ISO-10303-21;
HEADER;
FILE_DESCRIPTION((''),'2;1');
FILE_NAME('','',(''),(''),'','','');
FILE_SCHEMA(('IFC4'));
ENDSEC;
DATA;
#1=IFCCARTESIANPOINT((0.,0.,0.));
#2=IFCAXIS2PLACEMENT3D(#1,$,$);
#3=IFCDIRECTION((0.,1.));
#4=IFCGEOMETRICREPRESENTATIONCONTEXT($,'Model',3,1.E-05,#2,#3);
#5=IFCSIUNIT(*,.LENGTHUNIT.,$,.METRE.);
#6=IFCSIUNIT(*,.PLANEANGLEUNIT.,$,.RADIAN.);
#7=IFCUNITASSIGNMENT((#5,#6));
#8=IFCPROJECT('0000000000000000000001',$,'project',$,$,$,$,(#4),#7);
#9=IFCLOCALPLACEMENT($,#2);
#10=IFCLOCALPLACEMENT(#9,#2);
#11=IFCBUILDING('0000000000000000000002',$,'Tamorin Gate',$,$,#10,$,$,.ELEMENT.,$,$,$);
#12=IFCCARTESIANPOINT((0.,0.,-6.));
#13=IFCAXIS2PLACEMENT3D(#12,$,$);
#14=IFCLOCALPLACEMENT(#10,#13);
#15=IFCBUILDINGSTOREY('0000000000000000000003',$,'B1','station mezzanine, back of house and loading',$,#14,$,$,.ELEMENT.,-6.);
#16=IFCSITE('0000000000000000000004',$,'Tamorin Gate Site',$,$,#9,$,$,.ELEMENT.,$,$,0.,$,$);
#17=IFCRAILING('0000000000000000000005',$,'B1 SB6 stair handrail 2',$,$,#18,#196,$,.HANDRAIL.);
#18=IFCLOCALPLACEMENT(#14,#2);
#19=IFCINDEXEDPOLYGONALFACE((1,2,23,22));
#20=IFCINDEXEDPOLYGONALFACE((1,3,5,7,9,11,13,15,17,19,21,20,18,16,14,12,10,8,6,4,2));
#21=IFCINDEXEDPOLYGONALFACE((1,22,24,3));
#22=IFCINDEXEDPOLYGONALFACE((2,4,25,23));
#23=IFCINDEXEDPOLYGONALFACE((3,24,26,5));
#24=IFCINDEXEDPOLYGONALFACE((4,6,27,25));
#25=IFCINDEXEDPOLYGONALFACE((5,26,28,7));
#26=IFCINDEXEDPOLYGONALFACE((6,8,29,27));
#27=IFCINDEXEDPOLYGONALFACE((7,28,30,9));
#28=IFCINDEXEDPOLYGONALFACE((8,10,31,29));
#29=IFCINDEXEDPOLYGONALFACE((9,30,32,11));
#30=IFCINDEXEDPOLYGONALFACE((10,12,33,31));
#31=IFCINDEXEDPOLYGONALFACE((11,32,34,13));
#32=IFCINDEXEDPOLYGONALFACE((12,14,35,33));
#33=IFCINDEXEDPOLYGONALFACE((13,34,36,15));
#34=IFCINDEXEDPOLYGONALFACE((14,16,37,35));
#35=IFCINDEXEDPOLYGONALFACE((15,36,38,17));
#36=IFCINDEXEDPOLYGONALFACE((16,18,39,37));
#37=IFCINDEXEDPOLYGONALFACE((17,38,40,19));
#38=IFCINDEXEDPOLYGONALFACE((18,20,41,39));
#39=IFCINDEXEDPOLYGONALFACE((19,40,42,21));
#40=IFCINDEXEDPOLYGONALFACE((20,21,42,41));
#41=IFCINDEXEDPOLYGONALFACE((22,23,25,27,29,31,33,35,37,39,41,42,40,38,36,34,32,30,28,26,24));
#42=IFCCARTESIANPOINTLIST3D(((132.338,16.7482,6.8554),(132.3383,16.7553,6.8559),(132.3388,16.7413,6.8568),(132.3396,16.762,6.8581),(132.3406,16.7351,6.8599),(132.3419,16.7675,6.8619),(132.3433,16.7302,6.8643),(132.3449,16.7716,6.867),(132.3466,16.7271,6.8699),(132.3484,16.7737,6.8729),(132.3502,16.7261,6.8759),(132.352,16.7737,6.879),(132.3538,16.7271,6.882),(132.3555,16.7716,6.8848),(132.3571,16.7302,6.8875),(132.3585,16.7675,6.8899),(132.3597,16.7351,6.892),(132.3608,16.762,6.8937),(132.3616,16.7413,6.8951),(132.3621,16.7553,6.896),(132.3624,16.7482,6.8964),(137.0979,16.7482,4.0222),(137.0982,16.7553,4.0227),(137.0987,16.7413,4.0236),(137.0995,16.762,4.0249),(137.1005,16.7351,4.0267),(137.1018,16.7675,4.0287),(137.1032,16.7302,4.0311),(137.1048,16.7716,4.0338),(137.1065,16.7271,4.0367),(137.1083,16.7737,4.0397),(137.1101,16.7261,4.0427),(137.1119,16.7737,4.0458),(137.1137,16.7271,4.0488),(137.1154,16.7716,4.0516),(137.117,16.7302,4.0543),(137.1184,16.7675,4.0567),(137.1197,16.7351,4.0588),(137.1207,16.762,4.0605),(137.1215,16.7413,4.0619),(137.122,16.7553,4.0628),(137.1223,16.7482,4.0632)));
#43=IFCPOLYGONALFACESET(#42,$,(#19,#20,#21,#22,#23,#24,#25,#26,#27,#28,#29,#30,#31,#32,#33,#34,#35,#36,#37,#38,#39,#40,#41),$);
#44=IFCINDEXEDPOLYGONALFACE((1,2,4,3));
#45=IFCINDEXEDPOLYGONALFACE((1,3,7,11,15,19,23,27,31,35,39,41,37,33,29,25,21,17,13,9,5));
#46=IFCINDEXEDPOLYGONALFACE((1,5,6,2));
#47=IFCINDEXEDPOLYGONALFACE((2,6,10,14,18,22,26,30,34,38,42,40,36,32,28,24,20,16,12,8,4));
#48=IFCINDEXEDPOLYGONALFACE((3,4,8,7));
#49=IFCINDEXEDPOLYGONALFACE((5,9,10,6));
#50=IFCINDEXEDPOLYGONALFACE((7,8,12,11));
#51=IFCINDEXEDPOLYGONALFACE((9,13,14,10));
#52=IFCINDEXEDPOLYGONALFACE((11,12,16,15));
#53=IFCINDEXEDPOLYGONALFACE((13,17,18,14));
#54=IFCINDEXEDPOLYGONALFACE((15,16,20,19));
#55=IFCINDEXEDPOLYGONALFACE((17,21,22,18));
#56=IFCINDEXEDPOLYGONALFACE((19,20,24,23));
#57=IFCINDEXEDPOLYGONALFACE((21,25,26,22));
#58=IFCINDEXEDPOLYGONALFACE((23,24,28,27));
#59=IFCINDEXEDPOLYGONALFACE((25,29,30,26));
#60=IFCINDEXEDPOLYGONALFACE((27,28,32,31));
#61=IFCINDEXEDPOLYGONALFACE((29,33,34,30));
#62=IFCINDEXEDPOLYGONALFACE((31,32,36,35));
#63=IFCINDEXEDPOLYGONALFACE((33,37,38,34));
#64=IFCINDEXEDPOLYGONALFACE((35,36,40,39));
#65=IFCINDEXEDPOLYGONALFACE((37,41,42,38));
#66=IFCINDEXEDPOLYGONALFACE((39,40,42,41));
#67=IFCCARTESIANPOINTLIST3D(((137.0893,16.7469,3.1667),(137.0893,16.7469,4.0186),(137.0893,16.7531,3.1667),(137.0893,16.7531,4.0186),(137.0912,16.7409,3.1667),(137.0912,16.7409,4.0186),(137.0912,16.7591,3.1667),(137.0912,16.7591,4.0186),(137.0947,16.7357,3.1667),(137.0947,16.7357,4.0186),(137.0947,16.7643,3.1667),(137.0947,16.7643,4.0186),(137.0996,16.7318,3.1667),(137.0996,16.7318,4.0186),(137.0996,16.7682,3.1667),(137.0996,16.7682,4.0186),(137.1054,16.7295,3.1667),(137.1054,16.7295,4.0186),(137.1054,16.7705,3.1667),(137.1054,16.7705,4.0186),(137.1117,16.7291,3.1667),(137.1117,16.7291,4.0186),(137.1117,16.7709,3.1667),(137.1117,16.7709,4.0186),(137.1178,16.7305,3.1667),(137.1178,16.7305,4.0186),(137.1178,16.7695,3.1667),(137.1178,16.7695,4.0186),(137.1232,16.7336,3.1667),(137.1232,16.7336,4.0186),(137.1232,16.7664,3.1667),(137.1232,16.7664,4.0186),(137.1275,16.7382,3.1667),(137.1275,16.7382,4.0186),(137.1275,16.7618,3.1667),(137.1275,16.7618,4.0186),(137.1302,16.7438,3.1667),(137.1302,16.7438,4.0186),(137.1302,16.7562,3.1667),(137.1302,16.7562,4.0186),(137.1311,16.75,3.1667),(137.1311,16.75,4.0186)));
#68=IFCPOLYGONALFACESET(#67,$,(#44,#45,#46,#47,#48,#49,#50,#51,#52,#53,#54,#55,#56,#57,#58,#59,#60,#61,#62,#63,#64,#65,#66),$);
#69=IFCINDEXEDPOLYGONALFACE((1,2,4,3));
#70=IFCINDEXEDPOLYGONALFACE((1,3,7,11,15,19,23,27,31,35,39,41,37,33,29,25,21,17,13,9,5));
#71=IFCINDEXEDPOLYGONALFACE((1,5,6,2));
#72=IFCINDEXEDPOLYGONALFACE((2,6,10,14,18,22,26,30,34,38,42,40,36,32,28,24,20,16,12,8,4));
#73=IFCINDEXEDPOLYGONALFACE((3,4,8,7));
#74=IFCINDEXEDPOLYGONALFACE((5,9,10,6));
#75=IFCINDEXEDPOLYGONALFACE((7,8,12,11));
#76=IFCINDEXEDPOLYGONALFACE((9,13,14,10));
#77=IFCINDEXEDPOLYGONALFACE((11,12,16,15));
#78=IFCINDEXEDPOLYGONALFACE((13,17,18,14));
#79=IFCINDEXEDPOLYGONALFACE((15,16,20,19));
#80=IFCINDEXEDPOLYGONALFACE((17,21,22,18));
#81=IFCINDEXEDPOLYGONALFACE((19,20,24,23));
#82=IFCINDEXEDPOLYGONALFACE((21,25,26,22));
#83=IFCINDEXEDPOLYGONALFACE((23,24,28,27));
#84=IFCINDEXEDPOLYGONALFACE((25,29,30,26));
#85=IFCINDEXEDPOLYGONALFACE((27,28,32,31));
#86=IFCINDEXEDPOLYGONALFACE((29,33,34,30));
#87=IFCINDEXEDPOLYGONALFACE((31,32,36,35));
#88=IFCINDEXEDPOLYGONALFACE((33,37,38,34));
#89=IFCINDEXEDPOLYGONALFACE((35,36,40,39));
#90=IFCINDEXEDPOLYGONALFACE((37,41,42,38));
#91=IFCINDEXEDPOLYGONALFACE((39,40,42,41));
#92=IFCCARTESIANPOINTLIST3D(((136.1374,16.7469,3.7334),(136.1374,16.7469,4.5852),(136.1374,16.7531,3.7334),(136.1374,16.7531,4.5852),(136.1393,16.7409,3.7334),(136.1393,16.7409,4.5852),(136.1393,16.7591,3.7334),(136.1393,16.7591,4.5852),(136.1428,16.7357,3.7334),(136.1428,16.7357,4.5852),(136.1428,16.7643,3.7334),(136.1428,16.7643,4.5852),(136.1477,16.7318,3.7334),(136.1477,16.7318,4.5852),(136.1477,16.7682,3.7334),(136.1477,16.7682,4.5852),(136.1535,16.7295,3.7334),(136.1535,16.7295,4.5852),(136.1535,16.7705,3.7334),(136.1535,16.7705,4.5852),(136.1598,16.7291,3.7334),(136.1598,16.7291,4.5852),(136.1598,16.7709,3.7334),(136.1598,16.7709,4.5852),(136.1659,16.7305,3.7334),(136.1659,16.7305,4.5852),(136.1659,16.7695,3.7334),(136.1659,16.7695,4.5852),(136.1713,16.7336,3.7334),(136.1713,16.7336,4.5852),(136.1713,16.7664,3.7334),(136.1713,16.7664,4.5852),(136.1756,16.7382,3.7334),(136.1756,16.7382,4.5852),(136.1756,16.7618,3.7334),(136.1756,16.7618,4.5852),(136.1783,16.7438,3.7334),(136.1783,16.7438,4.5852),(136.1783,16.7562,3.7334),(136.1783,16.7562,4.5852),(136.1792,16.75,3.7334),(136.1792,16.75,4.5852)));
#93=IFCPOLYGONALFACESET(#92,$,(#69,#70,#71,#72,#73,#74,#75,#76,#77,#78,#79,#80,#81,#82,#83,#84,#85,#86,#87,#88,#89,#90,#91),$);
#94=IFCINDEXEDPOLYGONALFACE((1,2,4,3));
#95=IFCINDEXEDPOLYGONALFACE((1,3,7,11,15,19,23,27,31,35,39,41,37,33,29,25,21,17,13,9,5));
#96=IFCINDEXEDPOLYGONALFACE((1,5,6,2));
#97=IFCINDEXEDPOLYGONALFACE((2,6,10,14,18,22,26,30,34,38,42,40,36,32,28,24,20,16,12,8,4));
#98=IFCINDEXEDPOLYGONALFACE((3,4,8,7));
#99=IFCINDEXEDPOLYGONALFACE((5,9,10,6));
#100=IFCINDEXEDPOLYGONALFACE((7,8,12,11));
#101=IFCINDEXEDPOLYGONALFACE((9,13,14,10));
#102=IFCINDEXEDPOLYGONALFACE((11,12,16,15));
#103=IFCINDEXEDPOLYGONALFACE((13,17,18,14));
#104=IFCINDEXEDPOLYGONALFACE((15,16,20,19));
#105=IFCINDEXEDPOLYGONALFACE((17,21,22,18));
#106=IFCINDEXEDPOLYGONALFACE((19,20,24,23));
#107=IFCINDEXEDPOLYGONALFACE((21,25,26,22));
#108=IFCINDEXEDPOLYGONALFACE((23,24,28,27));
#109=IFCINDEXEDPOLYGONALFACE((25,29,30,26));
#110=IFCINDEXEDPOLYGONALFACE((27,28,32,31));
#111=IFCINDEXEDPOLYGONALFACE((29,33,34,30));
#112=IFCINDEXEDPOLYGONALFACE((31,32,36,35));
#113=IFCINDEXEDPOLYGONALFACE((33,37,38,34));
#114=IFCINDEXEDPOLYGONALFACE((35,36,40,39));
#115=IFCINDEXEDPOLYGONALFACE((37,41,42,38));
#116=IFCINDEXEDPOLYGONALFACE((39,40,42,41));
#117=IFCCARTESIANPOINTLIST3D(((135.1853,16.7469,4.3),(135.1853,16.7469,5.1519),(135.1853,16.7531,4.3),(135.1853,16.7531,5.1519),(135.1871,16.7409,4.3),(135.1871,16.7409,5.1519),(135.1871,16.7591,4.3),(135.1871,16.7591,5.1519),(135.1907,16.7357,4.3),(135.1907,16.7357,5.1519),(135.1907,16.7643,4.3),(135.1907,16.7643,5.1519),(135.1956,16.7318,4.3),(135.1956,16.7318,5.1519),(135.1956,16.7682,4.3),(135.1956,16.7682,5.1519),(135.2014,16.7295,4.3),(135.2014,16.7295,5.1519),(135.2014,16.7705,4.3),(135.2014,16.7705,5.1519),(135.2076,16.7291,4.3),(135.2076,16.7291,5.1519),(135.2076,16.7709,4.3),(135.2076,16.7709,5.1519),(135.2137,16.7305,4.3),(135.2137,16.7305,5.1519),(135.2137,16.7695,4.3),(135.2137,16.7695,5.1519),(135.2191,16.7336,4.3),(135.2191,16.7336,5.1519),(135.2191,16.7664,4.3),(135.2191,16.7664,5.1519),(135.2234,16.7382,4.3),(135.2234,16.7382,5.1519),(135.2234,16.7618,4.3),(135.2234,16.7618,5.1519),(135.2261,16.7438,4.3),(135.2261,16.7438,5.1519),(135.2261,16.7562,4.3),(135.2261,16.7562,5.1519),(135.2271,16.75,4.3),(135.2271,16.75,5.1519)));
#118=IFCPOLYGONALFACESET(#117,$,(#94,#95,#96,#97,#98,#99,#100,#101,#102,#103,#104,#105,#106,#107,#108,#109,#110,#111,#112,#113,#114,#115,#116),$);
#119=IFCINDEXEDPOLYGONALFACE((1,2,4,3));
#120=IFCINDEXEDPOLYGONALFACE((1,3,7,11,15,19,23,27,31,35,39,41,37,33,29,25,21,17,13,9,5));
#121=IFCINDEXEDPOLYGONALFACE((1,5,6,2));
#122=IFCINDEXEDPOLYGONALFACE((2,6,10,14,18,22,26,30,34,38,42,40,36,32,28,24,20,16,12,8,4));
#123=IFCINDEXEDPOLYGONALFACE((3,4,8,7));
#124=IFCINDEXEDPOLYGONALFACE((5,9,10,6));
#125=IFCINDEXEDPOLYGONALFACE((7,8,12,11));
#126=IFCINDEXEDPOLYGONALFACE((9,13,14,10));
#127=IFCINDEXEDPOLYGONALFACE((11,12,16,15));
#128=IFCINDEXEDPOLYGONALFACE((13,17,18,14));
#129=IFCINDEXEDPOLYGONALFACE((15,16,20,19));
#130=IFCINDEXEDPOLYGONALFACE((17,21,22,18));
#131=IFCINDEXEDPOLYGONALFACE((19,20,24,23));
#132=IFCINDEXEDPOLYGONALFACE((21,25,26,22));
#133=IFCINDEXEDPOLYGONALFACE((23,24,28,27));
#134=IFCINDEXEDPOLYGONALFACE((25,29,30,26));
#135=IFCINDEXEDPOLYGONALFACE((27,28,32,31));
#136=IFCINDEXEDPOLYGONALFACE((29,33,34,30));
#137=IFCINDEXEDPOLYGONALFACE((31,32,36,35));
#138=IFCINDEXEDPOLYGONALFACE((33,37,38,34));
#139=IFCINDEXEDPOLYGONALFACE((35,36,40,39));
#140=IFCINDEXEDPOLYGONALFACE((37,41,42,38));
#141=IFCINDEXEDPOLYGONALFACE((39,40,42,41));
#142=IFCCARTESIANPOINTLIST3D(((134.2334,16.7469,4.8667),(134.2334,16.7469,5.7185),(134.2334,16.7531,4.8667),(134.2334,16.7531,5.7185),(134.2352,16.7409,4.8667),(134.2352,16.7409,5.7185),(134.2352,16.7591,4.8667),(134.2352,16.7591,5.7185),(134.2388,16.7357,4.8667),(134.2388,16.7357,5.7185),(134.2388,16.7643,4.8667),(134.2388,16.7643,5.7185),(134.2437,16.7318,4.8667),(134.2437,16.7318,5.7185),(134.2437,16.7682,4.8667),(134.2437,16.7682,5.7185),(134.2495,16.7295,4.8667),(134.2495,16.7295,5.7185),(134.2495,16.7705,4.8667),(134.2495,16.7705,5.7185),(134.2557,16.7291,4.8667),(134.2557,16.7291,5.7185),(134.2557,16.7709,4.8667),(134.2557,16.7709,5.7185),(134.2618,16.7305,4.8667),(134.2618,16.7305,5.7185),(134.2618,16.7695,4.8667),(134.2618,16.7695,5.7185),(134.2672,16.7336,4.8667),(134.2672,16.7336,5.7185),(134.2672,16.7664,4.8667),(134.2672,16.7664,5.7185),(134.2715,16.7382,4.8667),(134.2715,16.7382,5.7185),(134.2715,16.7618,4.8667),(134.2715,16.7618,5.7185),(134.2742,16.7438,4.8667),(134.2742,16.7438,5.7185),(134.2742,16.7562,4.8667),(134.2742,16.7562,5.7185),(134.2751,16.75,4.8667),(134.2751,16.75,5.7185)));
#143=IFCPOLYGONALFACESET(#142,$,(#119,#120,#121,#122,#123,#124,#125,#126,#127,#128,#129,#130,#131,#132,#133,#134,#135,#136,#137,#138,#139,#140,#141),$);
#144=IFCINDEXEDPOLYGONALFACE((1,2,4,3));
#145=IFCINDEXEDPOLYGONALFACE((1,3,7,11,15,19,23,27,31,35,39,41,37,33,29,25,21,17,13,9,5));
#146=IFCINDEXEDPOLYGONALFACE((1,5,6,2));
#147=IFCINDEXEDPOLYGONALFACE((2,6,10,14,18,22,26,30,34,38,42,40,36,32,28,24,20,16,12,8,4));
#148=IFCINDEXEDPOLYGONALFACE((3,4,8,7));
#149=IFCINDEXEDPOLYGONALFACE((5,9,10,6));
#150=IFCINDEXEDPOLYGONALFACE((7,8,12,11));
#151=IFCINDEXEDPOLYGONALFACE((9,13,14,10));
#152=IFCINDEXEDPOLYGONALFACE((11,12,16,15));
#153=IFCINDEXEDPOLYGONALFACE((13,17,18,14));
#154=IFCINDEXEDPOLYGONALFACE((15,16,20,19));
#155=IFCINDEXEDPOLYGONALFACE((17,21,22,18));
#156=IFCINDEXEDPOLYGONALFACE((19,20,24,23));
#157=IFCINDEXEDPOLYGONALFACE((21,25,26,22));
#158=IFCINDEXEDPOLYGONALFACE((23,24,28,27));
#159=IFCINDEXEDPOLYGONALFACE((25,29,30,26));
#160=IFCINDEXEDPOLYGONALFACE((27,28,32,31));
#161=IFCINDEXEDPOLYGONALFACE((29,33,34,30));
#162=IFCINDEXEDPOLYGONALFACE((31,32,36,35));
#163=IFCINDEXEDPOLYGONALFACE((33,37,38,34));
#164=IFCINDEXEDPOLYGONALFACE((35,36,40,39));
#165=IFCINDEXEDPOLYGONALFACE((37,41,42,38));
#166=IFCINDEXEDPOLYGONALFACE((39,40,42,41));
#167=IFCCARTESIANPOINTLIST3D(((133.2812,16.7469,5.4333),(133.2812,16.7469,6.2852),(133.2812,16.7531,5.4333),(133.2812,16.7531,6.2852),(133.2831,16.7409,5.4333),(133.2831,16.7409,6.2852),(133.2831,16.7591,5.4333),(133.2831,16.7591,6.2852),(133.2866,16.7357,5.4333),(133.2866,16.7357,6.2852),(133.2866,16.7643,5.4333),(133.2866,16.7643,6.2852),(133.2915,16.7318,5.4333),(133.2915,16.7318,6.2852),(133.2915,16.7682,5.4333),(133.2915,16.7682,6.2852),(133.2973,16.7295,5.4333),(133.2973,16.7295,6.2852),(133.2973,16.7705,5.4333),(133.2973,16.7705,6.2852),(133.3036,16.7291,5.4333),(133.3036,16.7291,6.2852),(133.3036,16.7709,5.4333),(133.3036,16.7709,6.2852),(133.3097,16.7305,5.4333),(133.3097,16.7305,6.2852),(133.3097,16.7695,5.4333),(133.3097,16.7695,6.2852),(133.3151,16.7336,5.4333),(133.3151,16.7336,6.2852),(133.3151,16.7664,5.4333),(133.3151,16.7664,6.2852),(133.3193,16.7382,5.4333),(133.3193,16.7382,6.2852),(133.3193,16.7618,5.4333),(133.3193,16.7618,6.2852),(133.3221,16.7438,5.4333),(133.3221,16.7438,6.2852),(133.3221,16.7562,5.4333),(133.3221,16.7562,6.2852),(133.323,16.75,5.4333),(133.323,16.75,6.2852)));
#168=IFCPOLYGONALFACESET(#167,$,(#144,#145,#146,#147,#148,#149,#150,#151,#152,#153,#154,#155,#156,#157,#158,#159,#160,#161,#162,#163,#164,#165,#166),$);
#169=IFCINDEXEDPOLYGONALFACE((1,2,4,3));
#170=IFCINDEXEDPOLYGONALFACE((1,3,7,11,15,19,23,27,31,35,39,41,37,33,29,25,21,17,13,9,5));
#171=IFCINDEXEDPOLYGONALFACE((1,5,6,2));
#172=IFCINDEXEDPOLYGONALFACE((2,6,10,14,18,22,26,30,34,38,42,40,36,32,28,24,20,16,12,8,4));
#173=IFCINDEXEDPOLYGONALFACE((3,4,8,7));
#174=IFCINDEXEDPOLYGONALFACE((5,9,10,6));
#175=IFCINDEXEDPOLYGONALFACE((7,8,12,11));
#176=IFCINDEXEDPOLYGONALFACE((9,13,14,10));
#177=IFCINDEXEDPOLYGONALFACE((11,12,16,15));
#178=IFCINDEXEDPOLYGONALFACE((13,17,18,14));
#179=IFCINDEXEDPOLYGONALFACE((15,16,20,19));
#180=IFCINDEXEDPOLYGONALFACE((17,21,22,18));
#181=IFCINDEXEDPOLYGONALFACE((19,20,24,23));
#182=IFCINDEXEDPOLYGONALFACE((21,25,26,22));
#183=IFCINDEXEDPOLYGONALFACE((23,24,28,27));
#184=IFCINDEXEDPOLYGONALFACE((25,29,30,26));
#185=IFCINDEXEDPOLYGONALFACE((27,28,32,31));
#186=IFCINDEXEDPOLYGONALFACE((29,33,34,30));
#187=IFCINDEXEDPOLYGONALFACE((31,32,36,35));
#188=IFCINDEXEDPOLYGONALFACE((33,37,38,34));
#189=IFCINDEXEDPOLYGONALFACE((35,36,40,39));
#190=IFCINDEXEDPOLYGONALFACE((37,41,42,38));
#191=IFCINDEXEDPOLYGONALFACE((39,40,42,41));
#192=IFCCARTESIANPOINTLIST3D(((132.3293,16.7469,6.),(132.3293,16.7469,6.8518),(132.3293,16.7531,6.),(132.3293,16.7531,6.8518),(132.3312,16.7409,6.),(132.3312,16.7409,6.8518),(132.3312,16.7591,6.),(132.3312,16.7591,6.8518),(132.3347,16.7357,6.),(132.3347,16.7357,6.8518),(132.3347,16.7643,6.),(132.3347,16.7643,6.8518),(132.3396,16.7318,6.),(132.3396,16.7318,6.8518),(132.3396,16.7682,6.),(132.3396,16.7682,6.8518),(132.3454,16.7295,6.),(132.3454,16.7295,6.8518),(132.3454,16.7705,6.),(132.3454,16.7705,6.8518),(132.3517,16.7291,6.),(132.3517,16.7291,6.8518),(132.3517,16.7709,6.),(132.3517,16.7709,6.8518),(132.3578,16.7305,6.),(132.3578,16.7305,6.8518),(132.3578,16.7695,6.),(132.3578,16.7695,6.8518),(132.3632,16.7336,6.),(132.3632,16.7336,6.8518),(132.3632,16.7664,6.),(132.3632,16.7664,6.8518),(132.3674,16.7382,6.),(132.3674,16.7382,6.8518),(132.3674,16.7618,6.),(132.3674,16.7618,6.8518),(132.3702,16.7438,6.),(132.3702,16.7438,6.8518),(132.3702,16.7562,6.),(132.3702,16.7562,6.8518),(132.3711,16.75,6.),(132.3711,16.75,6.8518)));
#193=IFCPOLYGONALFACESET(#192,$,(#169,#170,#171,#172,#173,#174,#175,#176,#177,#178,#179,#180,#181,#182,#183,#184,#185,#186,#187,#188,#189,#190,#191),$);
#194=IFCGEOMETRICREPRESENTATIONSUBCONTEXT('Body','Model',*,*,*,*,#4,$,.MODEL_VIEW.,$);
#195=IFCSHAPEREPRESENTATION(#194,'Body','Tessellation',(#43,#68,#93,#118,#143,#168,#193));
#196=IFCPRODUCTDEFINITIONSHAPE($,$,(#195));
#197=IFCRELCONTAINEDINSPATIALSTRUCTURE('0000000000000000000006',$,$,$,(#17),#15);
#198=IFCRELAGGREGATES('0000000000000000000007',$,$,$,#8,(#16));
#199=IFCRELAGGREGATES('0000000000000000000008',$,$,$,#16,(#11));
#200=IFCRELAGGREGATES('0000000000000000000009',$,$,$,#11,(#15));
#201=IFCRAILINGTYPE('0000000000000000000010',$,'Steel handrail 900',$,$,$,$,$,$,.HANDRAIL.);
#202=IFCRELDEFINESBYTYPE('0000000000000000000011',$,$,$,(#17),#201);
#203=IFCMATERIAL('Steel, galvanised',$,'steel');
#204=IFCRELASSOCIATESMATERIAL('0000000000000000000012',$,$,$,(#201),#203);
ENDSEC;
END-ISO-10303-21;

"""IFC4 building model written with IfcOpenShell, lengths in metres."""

from ifc_helpers import new_model, si_unit, direction, frame, origin, origin_2d, place, context, subcontext, project, spatial, circle, extrude, material, type_object, element, save


model = new_model("IFC4")

# Units and contexts
model_context = context("Model", 3, precision=1e-05, world=origin(), true_north=direction((0.0, 1.0)))
body_context = subcontext(model_context, "Body", "Model", "MODEL_VIEW")
ifc_project = project(units=[si_unit("LENGTHUNIT", "METRE"), si_unit("PLANEANGLEUNIT", "RADIAN")], contexts=[model_context])

# Site, building, storey
site_placement = place(None, origin())
site = spatial("IfcSite", under=ifc_project, at=site_placement, Name="Tamorin Gate Site", CompositionType="ELEMENT", RefElevation=0.0)
building_placement = place(site_placement, origin())
building = spatial("IfcBuilding", under=site, at=building_placement, Name="Tamorin Gate", CompositionType="ELEMENT")
storey_placement = place(building_placement, frame((0.0, 0.0, -6.0)))
storey = spatial("IfcBuildingStorey", under=building, at=storey_placement, Name="B1", Description="station mezzanine, back of house and loading", CompositionType="ELEMENT", Elevation=-6.0)

# Railing
ifc_material_1 = material(Name="Steel, galvanised", Category="steel")
railing_type_1 = type_object("IfcRailingType", Name="Steel handrail 900", PredefinedType="HANDRAIL", material=ifc_material_1)
railing_1_placement = place(storey_placement, frame((137.1101, 16.75, 3.1667)))
element("IfcRailing", 1, at=railing_1_placement, inside=storey, type_object=railing_type_1, Name="B1 SB6 stair handrail 2", PredefinedType="HANDRAIL", context=body_context, shape_type="SweptSolid", body=[
    extrude(circle(Radius=0.0239, at=origin_2d()), frame((0.0, 0.0, 0.876), z_axis=(-0.8593, 0.0, 0.511472), x_axis=(0.0, -1.0, 0.0)), (0.0, 0.0, 1.0), 5.5393),
    extrude(circle(Radius=0.021, at=origin_2d()), origin(), (0.0, 0.0, 1.0), 0.8518),
    extrude(circle(Radius=0.021, at=origin_2d()), frame((-0.9519, 0.0, 0.5667)), (0.0, 0.0, 1.0), 0.8518),
    extrude(circle(Radius=0.021, at=origin_2d()), frame((-1.9041, 0.0, 1.1333)), (0.0, 0.0, 1.0), 0.8518),
    extrude(circle(Radius=0.021, at=origin_2d()), frame((-2.856, 0.0, 1.7)), (0.0, 0.0, 1.0), 0.8518),
    extrude(circle(Radius=0.021, at=origin_2d()), frame((-3.8081, 0.0, 2.2666)), (0.0, 0.0, 1.0), 0.8518),
    extrude(circle(Radius=0.021, at=origin_2d()), frame((-4.76, 0.0, 2.8333)), (0.0, 0.0, 1.0), 0.8518),
])

save(model, "model.ifc")
